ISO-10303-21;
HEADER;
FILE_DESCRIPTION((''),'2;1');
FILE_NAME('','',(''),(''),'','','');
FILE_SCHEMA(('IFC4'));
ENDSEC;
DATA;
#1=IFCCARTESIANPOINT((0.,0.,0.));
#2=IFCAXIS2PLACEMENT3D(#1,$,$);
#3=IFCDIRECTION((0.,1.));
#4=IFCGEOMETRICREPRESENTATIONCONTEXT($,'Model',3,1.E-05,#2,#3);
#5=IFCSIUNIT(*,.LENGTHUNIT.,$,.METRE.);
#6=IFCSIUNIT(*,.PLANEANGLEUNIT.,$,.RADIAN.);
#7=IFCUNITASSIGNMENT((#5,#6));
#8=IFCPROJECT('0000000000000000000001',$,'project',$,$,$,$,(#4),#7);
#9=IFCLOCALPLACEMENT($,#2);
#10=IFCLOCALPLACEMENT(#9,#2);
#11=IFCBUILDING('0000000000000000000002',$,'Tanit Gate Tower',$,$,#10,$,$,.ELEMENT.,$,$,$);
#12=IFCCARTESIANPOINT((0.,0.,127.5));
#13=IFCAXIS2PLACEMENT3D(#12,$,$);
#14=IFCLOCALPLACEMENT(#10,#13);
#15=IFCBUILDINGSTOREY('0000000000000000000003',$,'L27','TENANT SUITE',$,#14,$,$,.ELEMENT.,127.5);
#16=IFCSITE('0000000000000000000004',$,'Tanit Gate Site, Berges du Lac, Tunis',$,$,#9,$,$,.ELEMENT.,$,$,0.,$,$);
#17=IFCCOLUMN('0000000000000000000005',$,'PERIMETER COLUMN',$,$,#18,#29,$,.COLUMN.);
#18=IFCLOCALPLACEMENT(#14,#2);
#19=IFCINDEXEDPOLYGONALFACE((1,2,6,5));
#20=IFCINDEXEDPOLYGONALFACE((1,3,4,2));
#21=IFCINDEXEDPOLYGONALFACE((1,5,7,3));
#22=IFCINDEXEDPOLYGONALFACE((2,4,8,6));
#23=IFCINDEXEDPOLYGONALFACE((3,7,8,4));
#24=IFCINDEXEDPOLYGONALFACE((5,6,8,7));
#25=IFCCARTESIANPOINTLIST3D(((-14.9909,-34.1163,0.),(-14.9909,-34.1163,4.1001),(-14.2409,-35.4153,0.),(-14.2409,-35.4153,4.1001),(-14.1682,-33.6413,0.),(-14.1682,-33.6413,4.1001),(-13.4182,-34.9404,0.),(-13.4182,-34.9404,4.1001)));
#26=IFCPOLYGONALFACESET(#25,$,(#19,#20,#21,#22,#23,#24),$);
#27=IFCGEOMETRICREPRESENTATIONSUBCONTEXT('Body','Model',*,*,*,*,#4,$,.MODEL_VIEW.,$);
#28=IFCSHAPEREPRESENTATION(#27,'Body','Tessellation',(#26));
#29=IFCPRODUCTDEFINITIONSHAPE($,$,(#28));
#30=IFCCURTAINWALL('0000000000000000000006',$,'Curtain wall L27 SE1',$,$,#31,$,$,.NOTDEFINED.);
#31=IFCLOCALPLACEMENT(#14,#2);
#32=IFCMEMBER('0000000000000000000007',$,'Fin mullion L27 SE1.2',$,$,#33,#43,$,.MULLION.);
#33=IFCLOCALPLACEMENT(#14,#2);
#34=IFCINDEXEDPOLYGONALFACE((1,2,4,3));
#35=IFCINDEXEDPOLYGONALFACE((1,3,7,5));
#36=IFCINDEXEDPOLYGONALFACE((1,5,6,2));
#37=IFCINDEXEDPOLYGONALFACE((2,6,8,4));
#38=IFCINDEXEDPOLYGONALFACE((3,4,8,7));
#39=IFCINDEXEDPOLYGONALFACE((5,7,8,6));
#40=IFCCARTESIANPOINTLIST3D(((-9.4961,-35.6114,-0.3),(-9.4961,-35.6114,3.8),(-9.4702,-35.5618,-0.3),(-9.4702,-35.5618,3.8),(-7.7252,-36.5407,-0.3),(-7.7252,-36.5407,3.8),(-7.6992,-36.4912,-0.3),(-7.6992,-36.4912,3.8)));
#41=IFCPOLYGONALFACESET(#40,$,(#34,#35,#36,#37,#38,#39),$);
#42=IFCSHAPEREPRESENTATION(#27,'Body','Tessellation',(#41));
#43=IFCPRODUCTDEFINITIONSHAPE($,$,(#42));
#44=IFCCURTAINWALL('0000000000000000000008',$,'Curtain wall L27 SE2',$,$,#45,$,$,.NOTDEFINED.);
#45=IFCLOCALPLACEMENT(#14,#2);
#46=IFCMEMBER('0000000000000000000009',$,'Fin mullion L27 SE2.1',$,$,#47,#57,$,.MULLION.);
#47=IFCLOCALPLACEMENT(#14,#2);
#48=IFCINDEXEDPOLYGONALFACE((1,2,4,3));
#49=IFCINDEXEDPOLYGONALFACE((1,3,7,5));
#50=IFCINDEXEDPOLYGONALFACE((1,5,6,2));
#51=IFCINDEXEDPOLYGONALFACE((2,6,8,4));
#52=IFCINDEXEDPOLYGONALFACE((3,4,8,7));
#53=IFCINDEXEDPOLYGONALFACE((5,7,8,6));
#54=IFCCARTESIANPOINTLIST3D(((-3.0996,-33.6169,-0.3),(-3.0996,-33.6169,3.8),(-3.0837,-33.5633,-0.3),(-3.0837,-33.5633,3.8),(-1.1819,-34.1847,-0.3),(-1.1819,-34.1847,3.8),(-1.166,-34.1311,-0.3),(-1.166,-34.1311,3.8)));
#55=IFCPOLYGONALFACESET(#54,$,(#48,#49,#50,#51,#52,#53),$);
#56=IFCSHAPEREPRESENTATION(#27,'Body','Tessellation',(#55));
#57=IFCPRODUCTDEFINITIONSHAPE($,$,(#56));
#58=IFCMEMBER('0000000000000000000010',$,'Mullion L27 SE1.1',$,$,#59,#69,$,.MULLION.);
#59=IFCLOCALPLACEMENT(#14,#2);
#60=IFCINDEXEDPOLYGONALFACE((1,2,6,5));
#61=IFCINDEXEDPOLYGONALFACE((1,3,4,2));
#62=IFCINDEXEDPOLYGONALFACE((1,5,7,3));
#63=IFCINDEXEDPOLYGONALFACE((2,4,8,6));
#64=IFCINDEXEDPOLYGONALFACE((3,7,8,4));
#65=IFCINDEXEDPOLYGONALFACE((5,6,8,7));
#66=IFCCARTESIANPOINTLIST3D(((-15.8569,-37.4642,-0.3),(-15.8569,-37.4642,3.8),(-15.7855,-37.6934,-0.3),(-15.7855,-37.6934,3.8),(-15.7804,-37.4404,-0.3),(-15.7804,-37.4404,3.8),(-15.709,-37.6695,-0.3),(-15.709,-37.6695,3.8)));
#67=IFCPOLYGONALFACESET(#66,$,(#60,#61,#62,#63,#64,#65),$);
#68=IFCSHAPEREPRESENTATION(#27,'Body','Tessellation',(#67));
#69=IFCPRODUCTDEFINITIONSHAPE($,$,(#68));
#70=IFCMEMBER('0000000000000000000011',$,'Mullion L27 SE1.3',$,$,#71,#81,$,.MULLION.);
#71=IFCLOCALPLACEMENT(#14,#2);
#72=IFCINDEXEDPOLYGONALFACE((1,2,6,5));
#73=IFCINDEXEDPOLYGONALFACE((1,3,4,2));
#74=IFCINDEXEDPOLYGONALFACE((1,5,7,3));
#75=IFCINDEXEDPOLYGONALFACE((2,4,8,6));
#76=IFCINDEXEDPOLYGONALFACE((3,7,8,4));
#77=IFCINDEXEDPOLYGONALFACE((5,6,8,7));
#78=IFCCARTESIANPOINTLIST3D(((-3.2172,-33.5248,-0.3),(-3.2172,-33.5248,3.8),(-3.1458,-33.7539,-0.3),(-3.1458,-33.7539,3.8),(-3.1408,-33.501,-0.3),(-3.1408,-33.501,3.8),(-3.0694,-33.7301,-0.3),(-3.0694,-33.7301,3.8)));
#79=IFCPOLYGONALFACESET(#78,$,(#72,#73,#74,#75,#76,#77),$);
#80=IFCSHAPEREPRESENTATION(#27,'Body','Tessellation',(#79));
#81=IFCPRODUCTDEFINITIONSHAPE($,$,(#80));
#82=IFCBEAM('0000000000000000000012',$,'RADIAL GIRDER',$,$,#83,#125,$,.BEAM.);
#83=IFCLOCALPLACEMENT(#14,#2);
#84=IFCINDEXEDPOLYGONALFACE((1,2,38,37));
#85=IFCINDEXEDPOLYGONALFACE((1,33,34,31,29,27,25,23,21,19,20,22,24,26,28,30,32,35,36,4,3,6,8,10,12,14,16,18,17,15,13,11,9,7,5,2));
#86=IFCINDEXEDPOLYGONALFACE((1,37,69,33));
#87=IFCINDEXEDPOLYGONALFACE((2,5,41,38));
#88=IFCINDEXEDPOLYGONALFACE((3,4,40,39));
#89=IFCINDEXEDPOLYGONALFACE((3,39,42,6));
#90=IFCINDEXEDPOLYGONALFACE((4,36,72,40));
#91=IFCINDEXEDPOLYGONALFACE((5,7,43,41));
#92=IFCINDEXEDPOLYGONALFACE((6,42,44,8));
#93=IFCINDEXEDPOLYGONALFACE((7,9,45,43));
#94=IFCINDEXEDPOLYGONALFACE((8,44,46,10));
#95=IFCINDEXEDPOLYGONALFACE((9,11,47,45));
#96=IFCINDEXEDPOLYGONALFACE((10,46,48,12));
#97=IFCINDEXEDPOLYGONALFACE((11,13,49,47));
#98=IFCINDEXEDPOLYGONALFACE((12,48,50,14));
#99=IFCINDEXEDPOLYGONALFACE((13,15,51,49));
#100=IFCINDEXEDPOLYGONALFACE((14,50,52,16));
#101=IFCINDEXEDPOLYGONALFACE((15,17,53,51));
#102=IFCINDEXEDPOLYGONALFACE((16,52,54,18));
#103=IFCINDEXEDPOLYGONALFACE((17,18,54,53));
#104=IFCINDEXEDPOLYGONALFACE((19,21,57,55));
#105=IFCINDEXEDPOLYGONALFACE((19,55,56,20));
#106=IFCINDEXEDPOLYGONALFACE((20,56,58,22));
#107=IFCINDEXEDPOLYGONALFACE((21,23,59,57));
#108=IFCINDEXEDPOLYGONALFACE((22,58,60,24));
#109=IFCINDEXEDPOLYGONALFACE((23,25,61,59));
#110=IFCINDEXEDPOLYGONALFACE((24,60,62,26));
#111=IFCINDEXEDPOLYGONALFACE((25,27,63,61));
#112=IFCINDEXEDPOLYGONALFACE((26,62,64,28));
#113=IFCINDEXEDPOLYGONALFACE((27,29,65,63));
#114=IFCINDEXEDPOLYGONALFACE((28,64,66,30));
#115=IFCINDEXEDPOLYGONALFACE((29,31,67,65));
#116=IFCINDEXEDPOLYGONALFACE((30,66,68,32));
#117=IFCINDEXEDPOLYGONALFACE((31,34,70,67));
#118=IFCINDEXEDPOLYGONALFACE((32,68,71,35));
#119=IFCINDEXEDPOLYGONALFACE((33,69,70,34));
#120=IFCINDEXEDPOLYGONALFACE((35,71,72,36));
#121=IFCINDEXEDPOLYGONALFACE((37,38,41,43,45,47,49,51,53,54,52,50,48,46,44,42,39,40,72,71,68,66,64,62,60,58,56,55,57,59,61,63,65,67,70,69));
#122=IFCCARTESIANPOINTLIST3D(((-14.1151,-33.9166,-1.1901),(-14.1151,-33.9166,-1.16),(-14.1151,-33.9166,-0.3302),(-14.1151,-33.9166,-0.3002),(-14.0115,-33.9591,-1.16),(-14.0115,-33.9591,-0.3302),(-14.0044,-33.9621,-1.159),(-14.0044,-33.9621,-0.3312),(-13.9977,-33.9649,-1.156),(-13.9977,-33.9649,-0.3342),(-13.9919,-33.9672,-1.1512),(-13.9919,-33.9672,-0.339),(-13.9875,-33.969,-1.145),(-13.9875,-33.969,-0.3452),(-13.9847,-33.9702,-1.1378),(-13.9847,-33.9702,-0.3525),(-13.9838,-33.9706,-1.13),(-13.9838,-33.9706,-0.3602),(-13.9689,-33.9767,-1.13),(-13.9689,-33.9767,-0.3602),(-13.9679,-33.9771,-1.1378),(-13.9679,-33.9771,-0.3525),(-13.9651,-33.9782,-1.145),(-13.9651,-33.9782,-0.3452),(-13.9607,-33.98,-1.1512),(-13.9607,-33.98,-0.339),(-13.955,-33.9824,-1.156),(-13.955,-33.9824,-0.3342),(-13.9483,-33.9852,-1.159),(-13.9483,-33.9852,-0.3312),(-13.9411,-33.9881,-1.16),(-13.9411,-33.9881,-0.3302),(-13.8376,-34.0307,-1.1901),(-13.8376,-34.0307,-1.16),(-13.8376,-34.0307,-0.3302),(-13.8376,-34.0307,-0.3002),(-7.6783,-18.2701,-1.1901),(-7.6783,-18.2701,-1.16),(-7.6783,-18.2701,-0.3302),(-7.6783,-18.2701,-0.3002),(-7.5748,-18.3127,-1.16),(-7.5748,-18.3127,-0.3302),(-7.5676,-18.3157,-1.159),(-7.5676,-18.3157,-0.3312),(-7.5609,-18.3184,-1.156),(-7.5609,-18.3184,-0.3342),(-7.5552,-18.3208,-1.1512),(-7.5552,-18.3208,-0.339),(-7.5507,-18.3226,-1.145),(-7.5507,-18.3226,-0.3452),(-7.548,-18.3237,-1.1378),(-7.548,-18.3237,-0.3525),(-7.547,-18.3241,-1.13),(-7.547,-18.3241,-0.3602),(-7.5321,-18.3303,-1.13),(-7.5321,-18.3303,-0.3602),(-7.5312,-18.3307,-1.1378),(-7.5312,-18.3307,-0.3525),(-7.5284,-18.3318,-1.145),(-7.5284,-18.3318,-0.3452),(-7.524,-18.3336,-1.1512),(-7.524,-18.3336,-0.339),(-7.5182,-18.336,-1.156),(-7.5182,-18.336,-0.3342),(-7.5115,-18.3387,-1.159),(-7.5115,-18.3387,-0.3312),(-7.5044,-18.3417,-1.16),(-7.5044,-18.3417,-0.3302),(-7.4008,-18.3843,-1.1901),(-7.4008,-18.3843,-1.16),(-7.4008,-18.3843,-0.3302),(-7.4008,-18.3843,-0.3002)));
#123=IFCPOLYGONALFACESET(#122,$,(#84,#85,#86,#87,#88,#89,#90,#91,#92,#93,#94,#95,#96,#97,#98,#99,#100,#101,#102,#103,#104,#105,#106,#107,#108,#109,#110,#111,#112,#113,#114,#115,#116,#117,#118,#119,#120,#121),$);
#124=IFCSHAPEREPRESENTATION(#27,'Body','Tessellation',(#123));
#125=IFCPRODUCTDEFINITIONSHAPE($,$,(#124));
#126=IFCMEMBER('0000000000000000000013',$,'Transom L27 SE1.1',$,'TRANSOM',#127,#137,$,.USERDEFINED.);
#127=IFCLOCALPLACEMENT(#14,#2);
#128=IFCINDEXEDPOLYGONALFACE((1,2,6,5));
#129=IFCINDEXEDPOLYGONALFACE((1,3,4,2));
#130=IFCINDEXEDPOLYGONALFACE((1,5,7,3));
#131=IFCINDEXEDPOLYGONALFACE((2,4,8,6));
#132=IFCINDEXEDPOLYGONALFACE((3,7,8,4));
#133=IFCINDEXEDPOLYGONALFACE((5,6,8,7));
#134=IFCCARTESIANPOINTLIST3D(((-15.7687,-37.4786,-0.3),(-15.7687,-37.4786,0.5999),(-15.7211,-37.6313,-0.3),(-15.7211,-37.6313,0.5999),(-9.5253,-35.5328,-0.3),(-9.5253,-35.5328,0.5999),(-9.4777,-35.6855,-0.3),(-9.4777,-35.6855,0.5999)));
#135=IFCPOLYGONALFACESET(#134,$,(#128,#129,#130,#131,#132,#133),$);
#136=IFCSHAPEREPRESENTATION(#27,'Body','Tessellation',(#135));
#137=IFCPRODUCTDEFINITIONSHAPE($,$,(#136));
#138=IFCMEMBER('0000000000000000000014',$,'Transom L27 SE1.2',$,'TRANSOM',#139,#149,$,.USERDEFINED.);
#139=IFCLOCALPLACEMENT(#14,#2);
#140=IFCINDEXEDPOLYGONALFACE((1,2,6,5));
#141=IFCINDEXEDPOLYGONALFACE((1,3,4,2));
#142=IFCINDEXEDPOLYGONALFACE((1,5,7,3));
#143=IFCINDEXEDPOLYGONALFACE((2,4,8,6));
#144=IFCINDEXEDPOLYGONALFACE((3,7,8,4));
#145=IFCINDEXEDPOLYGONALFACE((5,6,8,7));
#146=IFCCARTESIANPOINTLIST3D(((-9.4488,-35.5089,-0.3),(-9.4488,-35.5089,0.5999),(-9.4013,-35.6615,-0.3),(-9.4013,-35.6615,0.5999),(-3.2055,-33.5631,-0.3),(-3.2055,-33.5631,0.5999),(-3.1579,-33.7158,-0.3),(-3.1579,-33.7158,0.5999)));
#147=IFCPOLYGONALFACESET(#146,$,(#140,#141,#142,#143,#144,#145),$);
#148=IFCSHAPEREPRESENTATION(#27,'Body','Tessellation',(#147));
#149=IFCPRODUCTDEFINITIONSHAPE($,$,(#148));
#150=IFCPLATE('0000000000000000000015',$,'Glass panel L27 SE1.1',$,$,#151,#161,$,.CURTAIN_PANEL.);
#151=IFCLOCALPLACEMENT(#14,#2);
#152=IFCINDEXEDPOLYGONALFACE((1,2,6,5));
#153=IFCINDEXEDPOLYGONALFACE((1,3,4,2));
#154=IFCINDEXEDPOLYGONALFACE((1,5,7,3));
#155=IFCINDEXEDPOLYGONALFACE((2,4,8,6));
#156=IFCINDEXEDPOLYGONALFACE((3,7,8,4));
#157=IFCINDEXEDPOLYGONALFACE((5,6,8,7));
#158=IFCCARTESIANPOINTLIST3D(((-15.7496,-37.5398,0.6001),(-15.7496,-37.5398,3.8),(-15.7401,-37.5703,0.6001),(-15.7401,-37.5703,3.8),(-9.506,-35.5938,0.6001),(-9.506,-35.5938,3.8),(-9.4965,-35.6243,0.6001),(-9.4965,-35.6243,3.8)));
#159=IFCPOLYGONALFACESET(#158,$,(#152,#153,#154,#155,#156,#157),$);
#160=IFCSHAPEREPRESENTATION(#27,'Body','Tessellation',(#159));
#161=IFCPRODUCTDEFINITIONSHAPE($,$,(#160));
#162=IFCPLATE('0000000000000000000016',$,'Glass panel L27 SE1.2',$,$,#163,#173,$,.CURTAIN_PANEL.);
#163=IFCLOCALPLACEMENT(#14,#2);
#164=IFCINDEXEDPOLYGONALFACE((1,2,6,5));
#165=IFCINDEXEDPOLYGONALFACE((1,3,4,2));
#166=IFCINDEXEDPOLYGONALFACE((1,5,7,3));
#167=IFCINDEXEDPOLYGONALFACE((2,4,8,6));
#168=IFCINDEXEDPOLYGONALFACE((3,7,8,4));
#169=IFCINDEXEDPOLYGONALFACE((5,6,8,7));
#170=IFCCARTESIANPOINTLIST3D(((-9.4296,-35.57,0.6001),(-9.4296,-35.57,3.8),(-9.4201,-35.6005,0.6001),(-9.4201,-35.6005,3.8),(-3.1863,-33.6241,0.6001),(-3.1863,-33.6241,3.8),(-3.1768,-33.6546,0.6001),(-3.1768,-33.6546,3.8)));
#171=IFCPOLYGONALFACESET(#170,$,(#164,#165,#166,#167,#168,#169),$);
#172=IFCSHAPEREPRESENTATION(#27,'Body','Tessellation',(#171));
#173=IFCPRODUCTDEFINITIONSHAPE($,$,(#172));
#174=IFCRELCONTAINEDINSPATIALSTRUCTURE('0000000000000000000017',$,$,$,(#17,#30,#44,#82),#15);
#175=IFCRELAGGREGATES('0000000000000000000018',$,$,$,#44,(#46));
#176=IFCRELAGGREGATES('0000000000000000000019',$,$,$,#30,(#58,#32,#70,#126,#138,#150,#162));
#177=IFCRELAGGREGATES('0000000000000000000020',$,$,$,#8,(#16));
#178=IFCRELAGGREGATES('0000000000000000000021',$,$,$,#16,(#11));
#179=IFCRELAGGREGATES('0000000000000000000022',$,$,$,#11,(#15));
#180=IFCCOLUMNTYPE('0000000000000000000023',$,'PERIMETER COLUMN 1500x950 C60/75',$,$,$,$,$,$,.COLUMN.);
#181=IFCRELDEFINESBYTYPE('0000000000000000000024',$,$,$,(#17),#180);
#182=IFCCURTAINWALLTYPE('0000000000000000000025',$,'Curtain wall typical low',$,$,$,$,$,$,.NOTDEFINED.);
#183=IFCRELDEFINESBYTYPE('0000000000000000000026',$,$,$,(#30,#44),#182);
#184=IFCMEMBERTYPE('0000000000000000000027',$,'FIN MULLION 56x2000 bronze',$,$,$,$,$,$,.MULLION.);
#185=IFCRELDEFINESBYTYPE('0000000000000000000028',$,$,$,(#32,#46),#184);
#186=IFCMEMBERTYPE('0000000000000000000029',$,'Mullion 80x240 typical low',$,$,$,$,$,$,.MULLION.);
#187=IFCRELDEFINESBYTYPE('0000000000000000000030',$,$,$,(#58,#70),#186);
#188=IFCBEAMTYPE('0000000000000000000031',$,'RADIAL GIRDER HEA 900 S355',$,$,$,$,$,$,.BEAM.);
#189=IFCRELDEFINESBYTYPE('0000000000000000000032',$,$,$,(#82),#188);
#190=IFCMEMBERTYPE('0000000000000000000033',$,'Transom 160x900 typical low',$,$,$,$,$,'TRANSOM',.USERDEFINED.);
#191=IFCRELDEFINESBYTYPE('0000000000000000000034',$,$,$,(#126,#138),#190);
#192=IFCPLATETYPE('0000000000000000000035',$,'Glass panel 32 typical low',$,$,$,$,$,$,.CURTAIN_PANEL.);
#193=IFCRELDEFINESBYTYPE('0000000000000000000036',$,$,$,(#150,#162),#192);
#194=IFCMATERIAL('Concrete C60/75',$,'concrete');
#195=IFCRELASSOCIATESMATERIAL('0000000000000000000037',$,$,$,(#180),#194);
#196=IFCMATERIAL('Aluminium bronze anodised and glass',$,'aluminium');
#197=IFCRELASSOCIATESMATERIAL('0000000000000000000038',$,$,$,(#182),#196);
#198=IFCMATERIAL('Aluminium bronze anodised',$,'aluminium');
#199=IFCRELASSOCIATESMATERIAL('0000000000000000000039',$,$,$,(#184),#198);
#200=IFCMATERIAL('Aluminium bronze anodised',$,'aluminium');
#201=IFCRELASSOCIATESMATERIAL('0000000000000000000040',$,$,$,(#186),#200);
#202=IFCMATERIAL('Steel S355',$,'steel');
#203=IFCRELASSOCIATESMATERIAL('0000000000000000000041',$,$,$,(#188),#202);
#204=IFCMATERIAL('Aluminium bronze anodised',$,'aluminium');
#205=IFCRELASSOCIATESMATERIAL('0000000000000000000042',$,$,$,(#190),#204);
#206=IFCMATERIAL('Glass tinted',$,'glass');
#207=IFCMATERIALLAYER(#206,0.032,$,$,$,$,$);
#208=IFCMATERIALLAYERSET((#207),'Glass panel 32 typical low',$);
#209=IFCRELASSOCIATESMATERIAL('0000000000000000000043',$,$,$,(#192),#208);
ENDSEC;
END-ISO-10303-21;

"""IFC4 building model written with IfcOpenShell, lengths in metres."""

from ifc_helpers import new_model, si_unit, direction, frame, origin, origin_2d, place, context, subcontext, project, spatial, rectangle, i_section, extrude, material, layer, layer_set, material_profile, profile_set, type_object, element, aggregate, save


model = new_model("IFC4")

# Units and contexts
model_context = context("Model", 3, precision=1e-05, world=origin(), true_north=direction((0.0, 1.0)))
body_context = subcontext(model_context, "Body", "Model", "MODEL_VIEW")
ifc_project = project(units=[si_unit("LENGTHUNIT", "METRE"), si_unit("PLANEANGLEUNIT", "RADIAN")], contexts=[model_context])

# Site, building, storey
site_placement = place(None, origin())
site = spatial("IfcSite", under=ifc_project, at=site_placement, Name="Tanit Gate Site, Berges du Lac, Tunis", CompositionType="ELEMENT", RefElevation=0.0)
building_placement = place(site_placement, origin())
building = spatial("IfcBuilding", under=site, at=building_placement, Name="Tanit Gate Tower", CompositionType="ELEMENT")
storey_placement = place(building_placement, frame((0.0, 0.0, 127.5)))
storey = spatial("IfcBuildingStorey", under=building, at=storey_placement, Name="L27", Description="TENANT SUITE", CompositionType="ELEMENT", Elevation=127.5)

# Column
ifc_material_1 = material(Name="Concrete C60/75", Category="concrete")
ifc_material_profile_1 = material_profile(ifc_material_1, rectangle(XDim=1.5, YDim=0.95, at=origin_2d()), Name="RC 1500x950")
ifc_profile_set_1 = profile_set([ifc_material_profile_1], Name="Concrete C60/75")
column_type = type_object("IfcColumnType", Name="PERIMETER COLUMN 1500x950 C60/75", PredefinedType="COLUMN", material=ifc_profile_set_1)
column_placement = place(storey_placement, frame((-14.2046, -34.5283, 0.0), z_axis=(0.0, 0.0, 1.0), x_axis=(0.5, -0.866025, 0.0)))
element("IfcColumn", 1, at=column_placement, inside=storey, type_object=column_type, Name="PERIMETER COLUMN", PredefinedType="COLUMN", context=body_context, shape_type="SweptSolid", body=[
    extrude(rectangle(XDim=1.5, YDim=0.95, at=origin_2d()), origin(), (0.0, 0.0, 1.0), 4.1001),
])

# Curtain walls, members
ifc_material_2 = material(Name="Aluminium bronze anodised and glass", Category="aluminium")
curtain_wall_type = type_object("IfcCurtainWallType", Name="Curtain wall typical low", PredefinedType="NOTDEFINED", material=ifc_material_2)
curtain_wall_1_placement = place(storey_placement, origin())
curtain_wall_1 = element("IfcCurtainWall", 2, at=curtain_wall_1_placement, inside=storey, type_object=curtain_wall_type, Name="Curtain wall L27 SE1", PredefinedType="NOTDEFINED")
ifc_material_3 = material(Name="Aluminium bronze anodised", Category="aluminium")
ifc_material_profile_2 = material_profile(ifc_material_3, rectangle(XDim=2.0, YDim=0.0559, at=origin_2d()), Name="56x2000 bronze fin mullion")
ifc_profile_set_2 = profile_set([ifc_material_profile_2], Name="Aluminium bronze anodised")
member_type_1 = type_object("IfcMemberType", Name="FIN MULLION 56x2000 bronze", PredefinedType="MULLION", material=ifc_profile_set_2)
member_1_placement = place(storey_placement, frame((-8.5977, -36.0513, -0.3), z_axis=(0.0, 0.0, 1.0), x_axis=(-0.885484, 0.46467, 0.0)))
member_1 = element("IfcMember", 3, at=member_1_placement, type_object=member_type_1, Name="Fin mullion L27 SE1.2", PredefinedType="MULLION", context=body_context, shape_type="SweptSolid", body=[
    extrude(rectangle(XDim=2.0, YDim=0.0559, at=origin_2d()), origin(), (0.0, 0.0, 1.0), 4.1001),
])
curtain_wall_2_placement = place(storey_placement, origin())
curtain_wall_2 = element("IfcCurtainWall", 4, at=curtain_wall_2_placement, inside=storey, type_object=curtain_wall_type, Name="Curtain wall L27 SE2", PredefinedType="NOTDEFINED")
member_2_placement = place(storey_placement, frame((-2.1328, -33.874, -0.3), z_axis=(0.0, 0.0, 1.0), x_axis=(-0.958852, 0.283906, 0.0)))
member_2 = element("IfcMember", 5, at=member_2_placement, type_object=member_type_1, Name="Fin mullion L27 SE2.1", PredefinedType="MULLION", context=body_context, shape_type="SweptSolid", body=[
    extrude(rectangle(XDim=2.0, YDim=0.0559, at=origin_2d()), origin(), (0.0, 0.0, 1.0), 4.1001),
])
aggregate(curtain_wall_2, [member_2])

# Members
ifc_material_4 = material(Name="Aluminium bronze anodised", Category="aluminium")
ifc_material_profile_3 = material_profile(ifc_material_4, rectangle(XDim=0.24, YDim=0.0801, at=origin_2d()), Name="80x240 bronze mullion")
ifc_profile_set_3 = profile_set([ifc_material_profile_3], Name="Aluminium bronze anodised")
member_type_2 = type_object("IfcMemberType", Name="Mullion 80x240 typical low", PredefinedType="MULLION", material=ifc_profile_set_3)
member_3_placement = place(storey_placement, frame((-15.783, -37.5669, -0.3), z_axis=(0.0, 0.0, 1.0), x_axis=(-0.29756, 0.954703, 0.0)))
member_3 = element("IfcMember", 6, at=member_3_placement, type_object=member_type_2, Name="Mullion L27 SE1.1", PredefinedType="MULLION", context=body_context, shape_type="SweptSolid", body=[
    extrude(rectangle(XDim=0.24, YDim=0.0801, at=origin_2d()), origin(), (0.0, 0.0, 1.0), 4.1001),
])
member_4_placement = place(storey_placement, frame((-3.1433, -33.6274, -0.3), z_axis=(0.0, 0.0, 1.0), x_axis=(-0.29756, 0.954703, 0.0)))
member_4 = element("IfcMember", 7, at=member_4_placement, type_object=member_type_2, Name="Mullion L27 SE1.3", PredefinedType="MULLION", context=body_context, shape_type="SweptSolid", body=[
    extrude(rectangle(XDim=0.24, YDim=0.0801, at=origin_2d()), origin(), (0.0, 0.0, 1.0), 4.1001),
])

# Beam
ifc_material_5 = material(Name="Steel S355", Category="steel")
ifc_material_profile_4 = material_profile(ifc_material_5, i_section(OverallWidth=0.3, OverallDepth=0.8899, WebThickness=0.0161, FlangeThickness=0.03, FilletRadius=0.03, at=origin_2d()), Name="HEA 900")
ifc_profile_set_4 = profile_set([ifc_material_profile_4], Name="Steel S355")
beam_type = type_object("IfcBeamType", Name="RADIAL GIRDER HEA 900 S355", PredefinedType="BEAM", material=ifc_profile_set_4)
beam_placement = place(storey_placement, frame((-13.9763, -33.9736, -0.7451), z_axis=(0.380451, 0.924801, 0.0), x_axis=(-0.924801, 0.380451, 0.0)))
element("IfcBeam", 8, at=beam_placement, inside=storey, type_object=beam_type, Name="RADIAL GIRDER", PredefinedType="BEAM", context=body_context, shape_type="SweptSolid", body=[
    extrude(i_section(OverallWidth=0.3, OverallDepth=0.8899, WebThickness=0.0161, FlangeThickness=0.03, FilletRadius=0.03, at=origin_2d()), origin(), (0.0, 0.0, 1.0), 16.9187),
])

# Members
ifc_material_6 = material(Name="Aluminium bronze anodised", Category="aluminium")
ifc_material_profile_5 = material_profile(ifc_material_6, rectangle(XDim=0.1599, YDim=0.8999, at=origin_2d()), Name="160x900 bronze transom")
ifc_profile_set_5 = profile_set([ifc_material_profile_5], Name="Aluminium bronze anodised")
member_type_3 = type_object("IfcMemberType", Name="Transom 160x900 typical low", ElementType="TRANSOM", PredefinedType="USERDEFINED", material=ifc_profile_set_5)
member_5_placement = place(storey_placement, frame((-15.7449, -37.5549, 0.1499), z_axis=(0.954709, 0.297542, 0.0), x_axis=(-0.297542, 0.954709, 0.0)))
member_5 = element("IfcMember", 9, at=member_5_placement, type_object=member_type_3, Name="Transom L27 SE1.1", ObjectType="TRANSOM", PredefinedType="USERDEFINED", context=body_context, shape_type="SweptSolid", body=[
    extrude(rectangle(XDim=0.1599, YDim=0.8999, at=origin_2d()), origin(), (0.0, 0.0, 1.0), 6.5396),
])
member_6_placement = place(storey_placement, frame((-9.425, -35.5852, 0.1499), z_axis=(0.954709, 0.297542, 0.0), x_axis=(-0.297542, 0.954709, 0.0)))
member_6 = element("IfcMember", 10, at=member_6_placement, type_object=member_type_3, Name="Transom L27 SE1.2", ObjectType="TRANSOM", PredefinedType="USERDEFINED", context=body_context, shape_type="SweptSolid", body=[
    extrude(rectangle(XDim=0.1599, YDim=0.8999, at=origin_2d()), origin(), (0.0, 0.0, 1.0), 6.5396),
])

# Plates
ifc_material_7 = material(Name="Glass tinted", Category="glass")
ifc_layer = layer(ifc_material_7, 0.032)
ifc_layer_set = layer_set([ifc_layer], Name="Glass panel 32 typical low")
plate_type = type_object("IfcPlateType", Name="Glass panel 32 typical low", PredefinedType="CURTAIN_PANEL", material=ifc_layer_set)
plate_1_placement = place(storey_placement, frame((-12.623, -36.582, 0.6001), z_axis=(0.0, 0.0, 1.0), x_axis=(0.954703, 0.29756, 0.0)))
plate_1 = element("IfcPlate", 11, at=plate_1_placement, type_object=plate_type, Name="Glass panel L27 SE1.1", PredefinedType="CURTAIN_PANEL", context=body_context, shape_type="SweptSolid", body=[
    extrude(rectangle(XDim=6.5398, YDim=0.032, at=origin_2d()), origin(), (0.0, 0.0, 1.0), 3.2),
])
plate_2_placement = place(storey_placement, frame((-6.3032, -34.6123, 0.6001), z_axis=(0.0, 0.0, 1.0), x_axis=(0.954703, 0.29756, 0.0)))
plate_2 = element("IfcPlate", 12, at=plate_2_placement, type_object=plate_type, Name="Glass panel L27 SE1.2", PredefinedType="CURTAIN_PANEL", context=body_context, shape_type="SweptSolid", body=[
    extrude(rectangle(XDim=6.5396, YDim=0.032, at=origin_2d()), origin(), (0.0, 0.0, 1.0), 3.2),
])
aggregate(curtain_wall_1, [member_3, member_1, member_4, member_5, member_6, plate_1, plate_2])

save(model, "model.ifc")
